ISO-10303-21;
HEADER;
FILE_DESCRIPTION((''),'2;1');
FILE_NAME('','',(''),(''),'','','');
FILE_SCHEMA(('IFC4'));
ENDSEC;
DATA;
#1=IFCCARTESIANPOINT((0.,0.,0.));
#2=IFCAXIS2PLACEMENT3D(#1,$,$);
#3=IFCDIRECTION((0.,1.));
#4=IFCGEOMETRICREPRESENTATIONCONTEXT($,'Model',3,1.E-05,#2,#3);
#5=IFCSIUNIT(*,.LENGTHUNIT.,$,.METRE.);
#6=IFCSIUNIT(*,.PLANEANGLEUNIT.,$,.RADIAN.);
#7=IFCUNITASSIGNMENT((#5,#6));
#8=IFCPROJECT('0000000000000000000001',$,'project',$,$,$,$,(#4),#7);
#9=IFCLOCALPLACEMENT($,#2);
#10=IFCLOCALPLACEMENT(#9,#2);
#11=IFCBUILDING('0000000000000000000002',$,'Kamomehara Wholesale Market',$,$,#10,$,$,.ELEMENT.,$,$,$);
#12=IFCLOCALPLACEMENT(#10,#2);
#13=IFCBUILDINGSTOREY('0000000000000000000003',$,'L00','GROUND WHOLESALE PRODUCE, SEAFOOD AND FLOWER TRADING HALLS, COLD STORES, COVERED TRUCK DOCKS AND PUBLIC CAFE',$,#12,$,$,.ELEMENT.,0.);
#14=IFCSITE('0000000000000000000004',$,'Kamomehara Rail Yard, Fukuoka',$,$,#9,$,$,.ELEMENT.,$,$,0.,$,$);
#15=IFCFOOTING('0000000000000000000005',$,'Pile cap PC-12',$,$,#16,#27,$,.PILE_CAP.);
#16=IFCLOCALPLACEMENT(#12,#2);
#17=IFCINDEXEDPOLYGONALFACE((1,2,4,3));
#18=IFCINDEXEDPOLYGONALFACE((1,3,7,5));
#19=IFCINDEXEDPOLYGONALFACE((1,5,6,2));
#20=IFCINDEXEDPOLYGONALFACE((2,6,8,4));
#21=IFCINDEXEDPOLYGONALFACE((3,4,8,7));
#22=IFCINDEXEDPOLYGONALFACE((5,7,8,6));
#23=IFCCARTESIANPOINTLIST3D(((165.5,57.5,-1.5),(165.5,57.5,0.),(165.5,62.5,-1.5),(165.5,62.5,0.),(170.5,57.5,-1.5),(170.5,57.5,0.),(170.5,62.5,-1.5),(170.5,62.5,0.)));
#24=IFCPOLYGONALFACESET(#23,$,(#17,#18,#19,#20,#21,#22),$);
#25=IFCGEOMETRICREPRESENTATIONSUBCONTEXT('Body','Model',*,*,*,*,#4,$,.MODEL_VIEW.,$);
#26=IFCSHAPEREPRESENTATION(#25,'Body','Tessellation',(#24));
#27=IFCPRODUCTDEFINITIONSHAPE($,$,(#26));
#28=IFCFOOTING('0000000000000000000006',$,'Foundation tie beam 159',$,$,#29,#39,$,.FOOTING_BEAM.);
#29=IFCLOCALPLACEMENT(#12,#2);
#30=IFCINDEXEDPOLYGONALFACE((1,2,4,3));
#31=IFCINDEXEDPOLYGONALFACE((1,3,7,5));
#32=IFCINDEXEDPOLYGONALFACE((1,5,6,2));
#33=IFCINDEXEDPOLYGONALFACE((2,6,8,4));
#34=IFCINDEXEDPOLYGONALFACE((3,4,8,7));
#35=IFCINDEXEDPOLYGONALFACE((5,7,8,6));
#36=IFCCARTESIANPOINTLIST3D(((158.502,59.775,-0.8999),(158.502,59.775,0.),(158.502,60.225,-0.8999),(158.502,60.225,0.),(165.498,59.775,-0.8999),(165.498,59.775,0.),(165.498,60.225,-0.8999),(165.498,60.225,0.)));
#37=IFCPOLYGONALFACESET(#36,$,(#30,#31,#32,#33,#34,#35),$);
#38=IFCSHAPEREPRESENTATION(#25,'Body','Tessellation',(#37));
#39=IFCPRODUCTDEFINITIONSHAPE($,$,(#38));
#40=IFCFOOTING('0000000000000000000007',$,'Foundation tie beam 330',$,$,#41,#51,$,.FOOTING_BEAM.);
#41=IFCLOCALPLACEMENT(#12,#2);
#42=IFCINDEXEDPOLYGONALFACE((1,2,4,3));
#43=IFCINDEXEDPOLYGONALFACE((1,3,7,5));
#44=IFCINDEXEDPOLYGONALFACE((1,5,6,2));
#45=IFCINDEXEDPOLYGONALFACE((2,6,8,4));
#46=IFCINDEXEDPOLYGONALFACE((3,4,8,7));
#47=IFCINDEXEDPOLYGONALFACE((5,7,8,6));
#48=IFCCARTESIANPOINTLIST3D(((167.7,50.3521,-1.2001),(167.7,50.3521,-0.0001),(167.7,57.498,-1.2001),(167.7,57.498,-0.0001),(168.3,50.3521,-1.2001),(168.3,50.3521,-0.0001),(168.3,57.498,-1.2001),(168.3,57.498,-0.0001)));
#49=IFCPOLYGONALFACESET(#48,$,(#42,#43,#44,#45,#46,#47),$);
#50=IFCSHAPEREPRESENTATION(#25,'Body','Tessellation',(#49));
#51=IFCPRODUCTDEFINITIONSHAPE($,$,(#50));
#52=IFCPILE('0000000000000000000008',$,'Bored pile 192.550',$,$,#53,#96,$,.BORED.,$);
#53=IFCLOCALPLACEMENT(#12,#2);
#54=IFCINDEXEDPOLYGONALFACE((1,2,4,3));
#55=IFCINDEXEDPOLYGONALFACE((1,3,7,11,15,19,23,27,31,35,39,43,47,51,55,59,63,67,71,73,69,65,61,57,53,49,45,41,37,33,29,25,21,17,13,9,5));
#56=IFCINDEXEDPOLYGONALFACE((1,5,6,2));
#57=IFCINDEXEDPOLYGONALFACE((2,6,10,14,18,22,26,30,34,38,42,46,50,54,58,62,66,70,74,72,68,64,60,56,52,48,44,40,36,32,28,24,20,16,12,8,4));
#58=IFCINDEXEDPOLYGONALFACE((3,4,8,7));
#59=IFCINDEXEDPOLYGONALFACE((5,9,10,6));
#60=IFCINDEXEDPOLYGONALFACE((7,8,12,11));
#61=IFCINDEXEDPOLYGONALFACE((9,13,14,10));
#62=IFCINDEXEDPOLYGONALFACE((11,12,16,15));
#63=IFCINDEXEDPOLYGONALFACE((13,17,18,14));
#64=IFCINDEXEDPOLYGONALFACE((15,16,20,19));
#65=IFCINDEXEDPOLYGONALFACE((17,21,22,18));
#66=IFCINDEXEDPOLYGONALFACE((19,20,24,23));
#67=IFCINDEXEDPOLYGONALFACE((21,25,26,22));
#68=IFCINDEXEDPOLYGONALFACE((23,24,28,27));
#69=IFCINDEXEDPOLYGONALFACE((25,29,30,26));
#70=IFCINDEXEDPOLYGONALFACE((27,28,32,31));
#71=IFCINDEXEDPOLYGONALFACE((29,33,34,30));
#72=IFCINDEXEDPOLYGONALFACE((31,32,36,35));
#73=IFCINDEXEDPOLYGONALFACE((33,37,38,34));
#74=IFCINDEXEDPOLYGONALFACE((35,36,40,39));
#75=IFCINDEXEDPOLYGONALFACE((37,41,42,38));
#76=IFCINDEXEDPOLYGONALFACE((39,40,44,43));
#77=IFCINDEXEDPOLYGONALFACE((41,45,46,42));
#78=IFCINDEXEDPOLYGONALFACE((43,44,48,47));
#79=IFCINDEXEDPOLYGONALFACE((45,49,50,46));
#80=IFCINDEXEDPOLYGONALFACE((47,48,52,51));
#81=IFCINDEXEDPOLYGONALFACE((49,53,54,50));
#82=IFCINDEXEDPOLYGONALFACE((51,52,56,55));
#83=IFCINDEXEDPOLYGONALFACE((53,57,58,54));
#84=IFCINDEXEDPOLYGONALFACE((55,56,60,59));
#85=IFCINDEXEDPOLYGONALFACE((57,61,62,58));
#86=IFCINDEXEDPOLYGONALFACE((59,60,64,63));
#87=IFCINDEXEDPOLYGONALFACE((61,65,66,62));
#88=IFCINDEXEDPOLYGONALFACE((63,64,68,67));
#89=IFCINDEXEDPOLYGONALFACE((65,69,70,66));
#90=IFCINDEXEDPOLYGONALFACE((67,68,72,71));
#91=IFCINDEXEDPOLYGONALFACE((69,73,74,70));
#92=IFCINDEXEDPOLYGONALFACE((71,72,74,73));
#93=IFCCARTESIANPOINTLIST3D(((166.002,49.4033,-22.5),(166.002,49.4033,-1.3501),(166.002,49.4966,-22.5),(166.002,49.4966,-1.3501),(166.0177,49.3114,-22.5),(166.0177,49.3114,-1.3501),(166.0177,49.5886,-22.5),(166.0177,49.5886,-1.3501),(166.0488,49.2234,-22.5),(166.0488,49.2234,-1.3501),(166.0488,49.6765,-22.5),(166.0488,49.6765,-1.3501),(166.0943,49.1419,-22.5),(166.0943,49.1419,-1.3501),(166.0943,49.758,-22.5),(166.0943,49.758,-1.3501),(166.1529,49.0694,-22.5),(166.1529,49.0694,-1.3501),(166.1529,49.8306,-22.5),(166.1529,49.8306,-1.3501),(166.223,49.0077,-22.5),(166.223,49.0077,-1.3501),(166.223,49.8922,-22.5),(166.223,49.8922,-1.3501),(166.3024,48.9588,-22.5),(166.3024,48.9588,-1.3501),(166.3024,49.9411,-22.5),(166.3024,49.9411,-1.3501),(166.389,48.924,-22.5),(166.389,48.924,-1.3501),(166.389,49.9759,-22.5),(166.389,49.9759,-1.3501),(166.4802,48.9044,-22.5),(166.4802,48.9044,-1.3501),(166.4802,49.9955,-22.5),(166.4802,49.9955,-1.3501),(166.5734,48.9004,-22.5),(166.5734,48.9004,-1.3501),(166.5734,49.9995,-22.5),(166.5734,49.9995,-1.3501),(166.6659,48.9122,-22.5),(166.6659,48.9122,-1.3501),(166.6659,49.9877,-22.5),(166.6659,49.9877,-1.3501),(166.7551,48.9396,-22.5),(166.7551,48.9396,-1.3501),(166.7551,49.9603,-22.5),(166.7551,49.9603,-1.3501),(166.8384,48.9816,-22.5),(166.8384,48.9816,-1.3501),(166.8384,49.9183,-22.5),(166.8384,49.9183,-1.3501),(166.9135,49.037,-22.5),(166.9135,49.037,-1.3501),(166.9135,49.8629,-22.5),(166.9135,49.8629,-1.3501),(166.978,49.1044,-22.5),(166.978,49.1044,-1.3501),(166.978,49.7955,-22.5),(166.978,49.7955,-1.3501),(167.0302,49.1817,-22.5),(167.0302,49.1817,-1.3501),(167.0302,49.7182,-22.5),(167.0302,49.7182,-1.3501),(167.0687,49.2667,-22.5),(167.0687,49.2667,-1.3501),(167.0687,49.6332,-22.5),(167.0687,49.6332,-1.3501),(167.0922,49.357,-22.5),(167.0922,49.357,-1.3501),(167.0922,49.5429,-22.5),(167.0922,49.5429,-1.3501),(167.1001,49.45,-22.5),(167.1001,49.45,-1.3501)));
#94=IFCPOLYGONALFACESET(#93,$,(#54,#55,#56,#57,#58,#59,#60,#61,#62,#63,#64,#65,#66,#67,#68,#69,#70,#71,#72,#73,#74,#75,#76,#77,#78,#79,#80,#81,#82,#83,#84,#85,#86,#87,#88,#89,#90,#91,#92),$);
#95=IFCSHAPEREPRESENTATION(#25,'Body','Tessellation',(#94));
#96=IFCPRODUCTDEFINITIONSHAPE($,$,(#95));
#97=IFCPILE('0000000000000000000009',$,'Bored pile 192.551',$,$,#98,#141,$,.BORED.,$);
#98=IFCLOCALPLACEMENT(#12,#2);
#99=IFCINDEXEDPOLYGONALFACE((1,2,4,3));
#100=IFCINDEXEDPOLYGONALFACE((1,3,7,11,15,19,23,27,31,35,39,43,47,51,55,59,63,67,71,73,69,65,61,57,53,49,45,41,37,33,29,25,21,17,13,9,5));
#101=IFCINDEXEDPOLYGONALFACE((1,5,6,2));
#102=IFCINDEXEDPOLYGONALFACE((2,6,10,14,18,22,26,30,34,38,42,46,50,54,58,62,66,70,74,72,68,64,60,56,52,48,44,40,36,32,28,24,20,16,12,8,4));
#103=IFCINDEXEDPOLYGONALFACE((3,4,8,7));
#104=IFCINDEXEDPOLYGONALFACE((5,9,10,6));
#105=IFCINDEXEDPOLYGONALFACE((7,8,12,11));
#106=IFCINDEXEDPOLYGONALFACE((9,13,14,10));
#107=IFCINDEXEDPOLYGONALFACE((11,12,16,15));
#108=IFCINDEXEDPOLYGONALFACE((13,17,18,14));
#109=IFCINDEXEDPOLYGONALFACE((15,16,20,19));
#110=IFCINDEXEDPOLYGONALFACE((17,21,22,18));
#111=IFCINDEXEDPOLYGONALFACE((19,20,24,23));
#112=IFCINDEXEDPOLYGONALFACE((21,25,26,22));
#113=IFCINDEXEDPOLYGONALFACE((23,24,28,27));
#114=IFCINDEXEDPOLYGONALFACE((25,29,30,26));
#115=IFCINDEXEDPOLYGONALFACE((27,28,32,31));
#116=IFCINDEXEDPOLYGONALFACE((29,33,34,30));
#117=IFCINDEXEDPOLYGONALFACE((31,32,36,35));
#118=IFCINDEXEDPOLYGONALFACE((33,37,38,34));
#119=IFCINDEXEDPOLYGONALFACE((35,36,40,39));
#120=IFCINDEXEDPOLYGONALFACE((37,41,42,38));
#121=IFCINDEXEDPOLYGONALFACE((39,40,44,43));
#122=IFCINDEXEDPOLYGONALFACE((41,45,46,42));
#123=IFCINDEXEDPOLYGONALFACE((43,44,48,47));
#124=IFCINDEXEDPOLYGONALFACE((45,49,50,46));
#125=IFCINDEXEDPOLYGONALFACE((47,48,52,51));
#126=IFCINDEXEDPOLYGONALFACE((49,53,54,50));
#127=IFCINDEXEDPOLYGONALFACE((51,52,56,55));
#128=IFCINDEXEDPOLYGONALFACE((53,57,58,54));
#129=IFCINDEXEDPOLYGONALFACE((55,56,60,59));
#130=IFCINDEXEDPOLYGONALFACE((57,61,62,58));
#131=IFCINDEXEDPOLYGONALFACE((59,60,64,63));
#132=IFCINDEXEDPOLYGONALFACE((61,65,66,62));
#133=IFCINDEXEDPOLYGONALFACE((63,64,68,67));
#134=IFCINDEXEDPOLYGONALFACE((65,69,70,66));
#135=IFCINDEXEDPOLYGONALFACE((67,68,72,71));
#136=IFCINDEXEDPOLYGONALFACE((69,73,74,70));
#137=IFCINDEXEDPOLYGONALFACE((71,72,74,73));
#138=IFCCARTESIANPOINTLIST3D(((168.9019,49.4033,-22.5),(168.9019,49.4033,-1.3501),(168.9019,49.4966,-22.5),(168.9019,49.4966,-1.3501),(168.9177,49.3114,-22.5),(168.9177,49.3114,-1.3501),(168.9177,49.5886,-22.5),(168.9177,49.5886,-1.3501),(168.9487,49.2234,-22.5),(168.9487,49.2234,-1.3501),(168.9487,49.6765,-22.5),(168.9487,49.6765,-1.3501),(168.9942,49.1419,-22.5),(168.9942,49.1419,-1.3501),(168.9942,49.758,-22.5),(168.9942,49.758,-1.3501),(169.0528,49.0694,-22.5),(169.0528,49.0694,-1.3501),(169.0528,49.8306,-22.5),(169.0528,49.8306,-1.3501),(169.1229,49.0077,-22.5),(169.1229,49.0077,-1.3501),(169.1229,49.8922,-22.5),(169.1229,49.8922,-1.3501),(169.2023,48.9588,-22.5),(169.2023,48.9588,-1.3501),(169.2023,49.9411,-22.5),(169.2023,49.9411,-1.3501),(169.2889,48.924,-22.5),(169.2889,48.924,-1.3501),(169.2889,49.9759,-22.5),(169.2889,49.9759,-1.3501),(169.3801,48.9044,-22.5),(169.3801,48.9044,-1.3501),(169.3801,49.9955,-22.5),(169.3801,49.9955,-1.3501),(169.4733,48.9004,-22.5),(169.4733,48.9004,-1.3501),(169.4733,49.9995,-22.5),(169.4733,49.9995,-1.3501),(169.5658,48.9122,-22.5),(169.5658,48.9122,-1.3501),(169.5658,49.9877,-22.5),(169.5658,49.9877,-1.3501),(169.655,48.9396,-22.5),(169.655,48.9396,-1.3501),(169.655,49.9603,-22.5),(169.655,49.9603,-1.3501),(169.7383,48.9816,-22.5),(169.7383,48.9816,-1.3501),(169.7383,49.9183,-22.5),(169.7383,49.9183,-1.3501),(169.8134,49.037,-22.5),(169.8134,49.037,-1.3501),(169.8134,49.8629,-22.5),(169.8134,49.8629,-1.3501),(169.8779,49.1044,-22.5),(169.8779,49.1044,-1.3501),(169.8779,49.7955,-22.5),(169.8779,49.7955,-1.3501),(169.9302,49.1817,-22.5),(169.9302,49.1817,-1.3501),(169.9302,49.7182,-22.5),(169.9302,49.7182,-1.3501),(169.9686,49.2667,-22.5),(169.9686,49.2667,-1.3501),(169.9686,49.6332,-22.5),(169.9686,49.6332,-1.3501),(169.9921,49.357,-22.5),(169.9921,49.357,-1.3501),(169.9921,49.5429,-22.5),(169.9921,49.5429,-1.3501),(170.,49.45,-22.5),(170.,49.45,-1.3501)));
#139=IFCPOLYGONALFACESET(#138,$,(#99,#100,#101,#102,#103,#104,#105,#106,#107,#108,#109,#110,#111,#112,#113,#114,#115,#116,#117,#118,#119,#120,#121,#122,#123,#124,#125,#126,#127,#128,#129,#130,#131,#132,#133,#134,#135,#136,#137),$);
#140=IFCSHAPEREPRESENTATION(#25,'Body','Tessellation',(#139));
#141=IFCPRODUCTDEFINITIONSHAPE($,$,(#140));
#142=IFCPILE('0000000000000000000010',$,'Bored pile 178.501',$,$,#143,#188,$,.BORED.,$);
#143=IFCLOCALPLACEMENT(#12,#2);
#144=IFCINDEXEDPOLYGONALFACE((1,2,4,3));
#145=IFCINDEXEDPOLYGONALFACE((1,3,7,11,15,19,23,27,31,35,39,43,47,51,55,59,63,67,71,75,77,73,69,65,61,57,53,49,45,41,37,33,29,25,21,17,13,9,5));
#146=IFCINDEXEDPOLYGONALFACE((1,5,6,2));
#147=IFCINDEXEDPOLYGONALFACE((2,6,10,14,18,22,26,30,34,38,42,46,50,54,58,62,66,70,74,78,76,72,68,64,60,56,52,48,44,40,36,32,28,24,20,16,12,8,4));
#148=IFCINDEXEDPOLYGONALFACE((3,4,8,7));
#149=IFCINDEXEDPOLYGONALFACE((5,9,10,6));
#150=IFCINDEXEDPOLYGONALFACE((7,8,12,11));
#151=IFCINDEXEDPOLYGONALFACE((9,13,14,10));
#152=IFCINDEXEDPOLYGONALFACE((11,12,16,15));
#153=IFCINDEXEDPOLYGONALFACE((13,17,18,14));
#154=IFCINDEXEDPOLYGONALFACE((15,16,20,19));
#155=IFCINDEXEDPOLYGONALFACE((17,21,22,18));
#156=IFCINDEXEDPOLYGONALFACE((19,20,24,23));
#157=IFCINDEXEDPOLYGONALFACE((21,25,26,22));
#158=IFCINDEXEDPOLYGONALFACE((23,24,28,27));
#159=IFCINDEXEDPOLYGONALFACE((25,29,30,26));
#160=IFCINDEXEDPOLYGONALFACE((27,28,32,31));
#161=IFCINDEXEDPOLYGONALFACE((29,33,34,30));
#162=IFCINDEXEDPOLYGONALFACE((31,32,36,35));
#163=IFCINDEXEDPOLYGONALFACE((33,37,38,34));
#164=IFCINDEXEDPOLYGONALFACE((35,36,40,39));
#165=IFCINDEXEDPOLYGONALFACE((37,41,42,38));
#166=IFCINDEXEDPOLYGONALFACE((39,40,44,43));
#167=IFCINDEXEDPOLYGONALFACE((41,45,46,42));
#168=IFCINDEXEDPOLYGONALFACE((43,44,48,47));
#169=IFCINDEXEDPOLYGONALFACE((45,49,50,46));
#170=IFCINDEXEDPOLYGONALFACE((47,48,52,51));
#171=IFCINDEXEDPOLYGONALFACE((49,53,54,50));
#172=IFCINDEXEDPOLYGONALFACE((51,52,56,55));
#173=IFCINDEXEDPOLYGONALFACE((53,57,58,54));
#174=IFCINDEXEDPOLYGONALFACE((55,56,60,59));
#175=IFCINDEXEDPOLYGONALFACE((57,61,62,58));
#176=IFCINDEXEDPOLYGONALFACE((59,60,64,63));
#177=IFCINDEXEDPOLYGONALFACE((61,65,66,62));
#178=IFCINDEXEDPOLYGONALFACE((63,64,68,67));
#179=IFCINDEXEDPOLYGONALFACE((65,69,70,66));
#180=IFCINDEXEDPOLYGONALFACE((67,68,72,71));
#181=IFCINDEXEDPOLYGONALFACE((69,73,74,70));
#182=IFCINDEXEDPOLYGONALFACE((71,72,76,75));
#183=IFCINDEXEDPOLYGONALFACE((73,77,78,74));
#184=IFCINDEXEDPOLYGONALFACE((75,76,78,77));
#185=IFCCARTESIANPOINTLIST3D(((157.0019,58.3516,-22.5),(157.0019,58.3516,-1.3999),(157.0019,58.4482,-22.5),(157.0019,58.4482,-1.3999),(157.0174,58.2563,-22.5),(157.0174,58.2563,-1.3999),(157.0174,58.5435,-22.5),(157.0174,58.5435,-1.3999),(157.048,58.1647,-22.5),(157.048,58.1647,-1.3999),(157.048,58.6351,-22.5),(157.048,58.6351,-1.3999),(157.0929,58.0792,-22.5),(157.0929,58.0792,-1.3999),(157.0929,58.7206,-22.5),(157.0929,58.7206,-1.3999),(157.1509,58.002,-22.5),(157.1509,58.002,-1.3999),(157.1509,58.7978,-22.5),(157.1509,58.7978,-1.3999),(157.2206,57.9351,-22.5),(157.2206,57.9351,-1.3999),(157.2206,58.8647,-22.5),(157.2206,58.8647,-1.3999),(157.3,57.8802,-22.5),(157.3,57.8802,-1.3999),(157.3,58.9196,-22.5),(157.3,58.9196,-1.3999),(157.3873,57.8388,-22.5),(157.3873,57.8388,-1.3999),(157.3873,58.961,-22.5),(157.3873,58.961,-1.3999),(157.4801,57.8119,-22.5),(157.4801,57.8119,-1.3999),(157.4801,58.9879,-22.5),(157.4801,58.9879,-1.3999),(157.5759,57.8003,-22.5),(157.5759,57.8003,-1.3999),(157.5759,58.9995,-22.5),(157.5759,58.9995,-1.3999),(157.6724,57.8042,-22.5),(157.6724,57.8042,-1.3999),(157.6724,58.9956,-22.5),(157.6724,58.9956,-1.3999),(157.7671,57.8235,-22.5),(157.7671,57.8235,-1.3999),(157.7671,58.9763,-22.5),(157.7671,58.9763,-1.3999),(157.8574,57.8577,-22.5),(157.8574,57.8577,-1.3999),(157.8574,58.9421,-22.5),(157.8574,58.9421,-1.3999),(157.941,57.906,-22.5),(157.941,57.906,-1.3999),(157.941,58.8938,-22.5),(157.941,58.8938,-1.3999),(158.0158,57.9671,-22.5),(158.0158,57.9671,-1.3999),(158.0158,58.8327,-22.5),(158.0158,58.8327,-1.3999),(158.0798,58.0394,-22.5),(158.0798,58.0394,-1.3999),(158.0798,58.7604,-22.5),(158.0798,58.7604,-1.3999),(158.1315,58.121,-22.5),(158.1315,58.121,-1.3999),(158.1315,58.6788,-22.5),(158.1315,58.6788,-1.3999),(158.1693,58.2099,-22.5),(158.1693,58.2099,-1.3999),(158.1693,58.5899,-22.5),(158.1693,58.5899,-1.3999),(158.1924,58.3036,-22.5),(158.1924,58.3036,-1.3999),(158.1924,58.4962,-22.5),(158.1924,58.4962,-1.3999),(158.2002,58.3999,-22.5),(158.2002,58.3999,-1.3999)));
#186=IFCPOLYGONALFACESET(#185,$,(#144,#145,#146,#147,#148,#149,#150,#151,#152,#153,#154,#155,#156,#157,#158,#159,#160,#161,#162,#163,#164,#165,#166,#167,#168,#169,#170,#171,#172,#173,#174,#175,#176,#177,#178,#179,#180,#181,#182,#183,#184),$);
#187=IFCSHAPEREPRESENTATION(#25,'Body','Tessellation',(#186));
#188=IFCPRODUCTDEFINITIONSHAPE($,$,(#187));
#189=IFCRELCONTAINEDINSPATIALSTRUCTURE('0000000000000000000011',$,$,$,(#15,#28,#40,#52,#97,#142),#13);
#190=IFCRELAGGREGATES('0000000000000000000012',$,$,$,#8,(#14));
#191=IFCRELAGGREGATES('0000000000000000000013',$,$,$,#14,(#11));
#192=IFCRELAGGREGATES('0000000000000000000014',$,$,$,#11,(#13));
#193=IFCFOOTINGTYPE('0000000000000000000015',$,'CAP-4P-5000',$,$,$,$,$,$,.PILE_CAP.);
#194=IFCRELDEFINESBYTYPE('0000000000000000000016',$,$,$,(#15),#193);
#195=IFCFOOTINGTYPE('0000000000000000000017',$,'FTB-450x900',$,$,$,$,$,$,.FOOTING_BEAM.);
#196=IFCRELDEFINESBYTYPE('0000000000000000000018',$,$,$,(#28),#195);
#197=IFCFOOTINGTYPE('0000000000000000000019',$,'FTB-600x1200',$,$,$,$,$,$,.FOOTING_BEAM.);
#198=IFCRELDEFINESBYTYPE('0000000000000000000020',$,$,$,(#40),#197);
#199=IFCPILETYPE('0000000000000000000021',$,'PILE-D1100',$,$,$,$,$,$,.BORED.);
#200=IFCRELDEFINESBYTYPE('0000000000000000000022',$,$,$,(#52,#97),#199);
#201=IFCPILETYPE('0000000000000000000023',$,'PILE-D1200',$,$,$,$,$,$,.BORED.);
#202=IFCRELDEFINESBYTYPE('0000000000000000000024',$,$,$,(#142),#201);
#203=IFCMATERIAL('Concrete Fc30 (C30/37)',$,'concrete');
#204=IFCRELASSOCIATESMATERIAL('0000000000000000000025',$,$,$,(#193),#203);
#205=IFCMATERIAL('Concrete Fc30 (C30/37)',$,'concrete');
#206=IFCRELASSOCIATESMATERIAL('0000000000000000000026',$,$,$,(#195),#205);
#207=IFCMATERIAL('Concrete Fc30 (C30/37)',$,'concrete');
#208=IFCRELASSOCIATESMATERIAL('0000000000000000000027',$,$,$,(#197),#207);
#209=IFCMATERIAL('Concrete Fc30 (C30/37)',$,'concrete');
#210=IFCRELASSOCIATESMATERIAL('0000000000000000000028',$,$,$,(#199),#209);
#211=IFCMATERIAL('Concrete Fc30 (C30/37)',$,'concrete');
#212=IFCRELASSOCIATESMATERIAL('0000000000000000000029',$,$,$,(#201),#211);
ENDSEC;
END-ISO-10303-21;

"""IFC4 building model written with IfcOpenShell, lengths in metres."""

from ifc_helpers import new_model, si_unit, direction, frame, origin, origin_2d, place, context, subcontext, project, spatial, rectangle, circle, extrude, material, material_profile, profile_set, type_object, element, save


model = new_model("IFC4")

# Units and contexts
model_context = context("Model", 3, precision=1e-05, world=origin(), true_north=direction((0.0, 1.0)))
body_context = subcontext(model_context, "Body", "Model", "MODEL_VIEW")
ifc_project = project(units=[si_unit("LENGTHUNIT", "METRE"), si_unit("PLANEANGLEUNIT", "RADIAN")], contexts=[model_context])

# Site, building, storey
site_placement = place(None, origin())
site = spatial("IfcSite", under=ifc_project, at=site_placement, Name="Kamomehara Rail Yard, Fukuoka", CompositionType="ELEMENT", RefElevation=0.0)
building_placement = place(site_placement, origin())
building = spatial("IfcBuilding", under=site, at=building_placement, Name="Kamomehara Wholesale Market", CompositionType="ELEMENT")
storey_placement = place(building_placement, origin())
storey = spatial("IfcBuildingStorey", under=building, at=storey_placement, Name="L00", Description="GROUND WHOLESALE PRODUCE, SEAFOOD AND FLOWER TRADING HALLS, COLD STORES, COVERED TRUCK DOCKS AND PUBLIC CAFE", CompositionType="ELEMENT", Elevation=0.0)

# Footings
ifc_material_1 = material(Name="Concrete Fc30 (C30/37)", Category="concrete")
footing_type_1 = type_object("IfcFootingType", Name="CAP-4P-5000", PredefinedType="PILE_CAP", material=ifc_material_1)
footing_1_placement = place(storey_placement, frame((168.0, 60.0, -1.5), z_axis=(0.0, 0.0, 1.0), x_axis=(1.0, 0.0, 0.0)))
element("IfcFooting", 1, at=footing_1_placement, inside=storey, type_object=footing_type_1, Name="Pile cap PC-12", PredefinedType="PILE_CAP", context=body_context, shape_type="SweptSolid", body=[
    extrude(rectangle(XDim=5.0, YDim=5.0, at=origin_2d()), origin(), (0.0, 0.0, 1.0), 1.5),
])
ifc_material_2 = material(Name="Concrete Fc30 (C30/37)", Category="concrete")
ifc_material_profile_1 = material_profile(ifc_material_2, rectangle(XDim=0.45, YDim=0.8999, at=origin_2d()), Name="RC-FTB-450x900")
ifc_profile_set_1 = profile_set([ifc_material_profile_1], Name="Concrete Fc30 (C30/37)")
footing_type_2 = type_object("IfcFootingType", Name="FTB-450x900", PredefinedType="FOOTING_BEAM", material=ifc_profile_set_1)
footing_2_placement = place(storey_placement, frame((158.502, 60.0, -0.45), z_axis=(1.0, 0.0, 0.0), x_axis=(0.0, 1.0, 0.0)))
element("IfcFooting", 2, at=footing_2_placement, inside=storey, type_object=footing_type_2, Name="Foundation tie beam 159", PredefinedType="FOOTING_BEAM", context=body_context, shape_type="SweptSolid", body=[
    extrude(rectangle(XDim=0.45, YDim=0.8999, at=origin_2d()), origin(), (0.0, 0.0, 1.0), 6.9961),
])
ifc_material_3 = material(Name="Concrete Fc30 (C30/37)", Category="concrete")
ifc_material_profile_2 = material_profile(ifc_material_3, rectangle(XDim=0.6001, YDim=1.2, at=origin_2d()), Name="RC-FTB-600x1200")
ifc_profile_set_2 = profile_set([ifc_material_profile_2], Name="Concrete Fc30 (C30/37)")
footing_type_3 = type_object("IfcFootingType", Name="FTB-600x1200", PredefinedType="FOOTING_BEAM", material=ifc_profile_set_2)
footing_3_placement = place(storey_placement, frame((168.0, 50.3521, -0.6001), z_axis=(0.0, 1.0, 0.0), x_axis=(-1.0, 0.0, 0.0)))
element("IfcFooting", 3, at=footing_3_placement, inside=storey, type_object=footing_type_3, Name="Foundation tie beam 330", PredefinedType="FOOTING_BEAM", context=body_context, shape_type="SweptSolid", body=[
    extrude(rectangle(XDim=0.6001, YDim=1.2, at=origin_2d()), origin(), (0.0, 0.0, 1.0), 7.146),
])

# Piles
ifc_material_4 = material(Name="Concrete Fc30 (C30/37)", Category="concrete")
ifc_material_profile_3 = material_profile(ifc_material_4, circle(Radius=0.55, at=origin_2d()), Name="RC-PILE-D1100")
ifc_profile_set_3 = profile_set([ifc_material_profile_3], Name="Concrete Fc30 (C30/37)")
pile_type_1 = type_object("IfcPileType", Name="PILE-D1100", PredefinedType="BORED", material=ifc_profile_set_3)
for number, where, z_axis, x_axis, name in (
    (4, (166.55, 49.45, -1.3501), (0.0, 0.0, -1.0), (1.0, 0.0, 0.0), "Bored pile 192.550"),
    (5, (169.45, 49.45, -1.3501), (0.0, 0.0, -1.0), (1.0, 0.0, 0.0), "Bored pile 192.551"),
):
    element("IfcPile", number, at=place(storey_placement, frame(where, z_axis=z_axis, x_axis=x_axis)), inside=storey, type_object=pile_type_1, Name=name, PredefinedType="BORED", context=body_context, shape_type="SweptSolid", body=[
        extrude(circle(Radius=0.55, at=origin_2d()), origin(), (0.0, 0.0, 1.0), 21.1499),
    ])
ifc_material_5 = material(Name="Concrete Fc30 (C30/37)", Category="concrete")
ifc_material_profile_4 = material_profile(ifc_material_5, circle(Radius=0.6001, at=origin_2d()), Name="RC-PILE-D1200")
ifc_profile_set_4 = profile_set([ifc_material_profile_4], Name="Concrete Fc30 (C30/37)")
pile_type_2 = type_object("IfcPileType", Name="PILE-D1200", PredefinedType="BORED", material=ifc_profile_set_4)
for number, where, z_axis, x_axis, name in (
    (6, (157.6001, 58.3999, -1.3999), (0.0, 0.0, -1.0), (1.0, 0.0, 0.0), "Bored pile 178.501"),
):
    element("IfcPile", number, at=place(storey_placement, frame(where, z_axis=z_axis, x_axis=x_axis)), inside=storey, type_object=pile_type_2, Name=name, PredefinedType="BORED", context=body_context, shape_type="SweptSolid", body=[
        extrude(circle(Radius=0.6001, at=origin_2d()), origin(), (0.0, 0.0, 1.0), 21.1001),
    ])

save(model, "model.ifc")
